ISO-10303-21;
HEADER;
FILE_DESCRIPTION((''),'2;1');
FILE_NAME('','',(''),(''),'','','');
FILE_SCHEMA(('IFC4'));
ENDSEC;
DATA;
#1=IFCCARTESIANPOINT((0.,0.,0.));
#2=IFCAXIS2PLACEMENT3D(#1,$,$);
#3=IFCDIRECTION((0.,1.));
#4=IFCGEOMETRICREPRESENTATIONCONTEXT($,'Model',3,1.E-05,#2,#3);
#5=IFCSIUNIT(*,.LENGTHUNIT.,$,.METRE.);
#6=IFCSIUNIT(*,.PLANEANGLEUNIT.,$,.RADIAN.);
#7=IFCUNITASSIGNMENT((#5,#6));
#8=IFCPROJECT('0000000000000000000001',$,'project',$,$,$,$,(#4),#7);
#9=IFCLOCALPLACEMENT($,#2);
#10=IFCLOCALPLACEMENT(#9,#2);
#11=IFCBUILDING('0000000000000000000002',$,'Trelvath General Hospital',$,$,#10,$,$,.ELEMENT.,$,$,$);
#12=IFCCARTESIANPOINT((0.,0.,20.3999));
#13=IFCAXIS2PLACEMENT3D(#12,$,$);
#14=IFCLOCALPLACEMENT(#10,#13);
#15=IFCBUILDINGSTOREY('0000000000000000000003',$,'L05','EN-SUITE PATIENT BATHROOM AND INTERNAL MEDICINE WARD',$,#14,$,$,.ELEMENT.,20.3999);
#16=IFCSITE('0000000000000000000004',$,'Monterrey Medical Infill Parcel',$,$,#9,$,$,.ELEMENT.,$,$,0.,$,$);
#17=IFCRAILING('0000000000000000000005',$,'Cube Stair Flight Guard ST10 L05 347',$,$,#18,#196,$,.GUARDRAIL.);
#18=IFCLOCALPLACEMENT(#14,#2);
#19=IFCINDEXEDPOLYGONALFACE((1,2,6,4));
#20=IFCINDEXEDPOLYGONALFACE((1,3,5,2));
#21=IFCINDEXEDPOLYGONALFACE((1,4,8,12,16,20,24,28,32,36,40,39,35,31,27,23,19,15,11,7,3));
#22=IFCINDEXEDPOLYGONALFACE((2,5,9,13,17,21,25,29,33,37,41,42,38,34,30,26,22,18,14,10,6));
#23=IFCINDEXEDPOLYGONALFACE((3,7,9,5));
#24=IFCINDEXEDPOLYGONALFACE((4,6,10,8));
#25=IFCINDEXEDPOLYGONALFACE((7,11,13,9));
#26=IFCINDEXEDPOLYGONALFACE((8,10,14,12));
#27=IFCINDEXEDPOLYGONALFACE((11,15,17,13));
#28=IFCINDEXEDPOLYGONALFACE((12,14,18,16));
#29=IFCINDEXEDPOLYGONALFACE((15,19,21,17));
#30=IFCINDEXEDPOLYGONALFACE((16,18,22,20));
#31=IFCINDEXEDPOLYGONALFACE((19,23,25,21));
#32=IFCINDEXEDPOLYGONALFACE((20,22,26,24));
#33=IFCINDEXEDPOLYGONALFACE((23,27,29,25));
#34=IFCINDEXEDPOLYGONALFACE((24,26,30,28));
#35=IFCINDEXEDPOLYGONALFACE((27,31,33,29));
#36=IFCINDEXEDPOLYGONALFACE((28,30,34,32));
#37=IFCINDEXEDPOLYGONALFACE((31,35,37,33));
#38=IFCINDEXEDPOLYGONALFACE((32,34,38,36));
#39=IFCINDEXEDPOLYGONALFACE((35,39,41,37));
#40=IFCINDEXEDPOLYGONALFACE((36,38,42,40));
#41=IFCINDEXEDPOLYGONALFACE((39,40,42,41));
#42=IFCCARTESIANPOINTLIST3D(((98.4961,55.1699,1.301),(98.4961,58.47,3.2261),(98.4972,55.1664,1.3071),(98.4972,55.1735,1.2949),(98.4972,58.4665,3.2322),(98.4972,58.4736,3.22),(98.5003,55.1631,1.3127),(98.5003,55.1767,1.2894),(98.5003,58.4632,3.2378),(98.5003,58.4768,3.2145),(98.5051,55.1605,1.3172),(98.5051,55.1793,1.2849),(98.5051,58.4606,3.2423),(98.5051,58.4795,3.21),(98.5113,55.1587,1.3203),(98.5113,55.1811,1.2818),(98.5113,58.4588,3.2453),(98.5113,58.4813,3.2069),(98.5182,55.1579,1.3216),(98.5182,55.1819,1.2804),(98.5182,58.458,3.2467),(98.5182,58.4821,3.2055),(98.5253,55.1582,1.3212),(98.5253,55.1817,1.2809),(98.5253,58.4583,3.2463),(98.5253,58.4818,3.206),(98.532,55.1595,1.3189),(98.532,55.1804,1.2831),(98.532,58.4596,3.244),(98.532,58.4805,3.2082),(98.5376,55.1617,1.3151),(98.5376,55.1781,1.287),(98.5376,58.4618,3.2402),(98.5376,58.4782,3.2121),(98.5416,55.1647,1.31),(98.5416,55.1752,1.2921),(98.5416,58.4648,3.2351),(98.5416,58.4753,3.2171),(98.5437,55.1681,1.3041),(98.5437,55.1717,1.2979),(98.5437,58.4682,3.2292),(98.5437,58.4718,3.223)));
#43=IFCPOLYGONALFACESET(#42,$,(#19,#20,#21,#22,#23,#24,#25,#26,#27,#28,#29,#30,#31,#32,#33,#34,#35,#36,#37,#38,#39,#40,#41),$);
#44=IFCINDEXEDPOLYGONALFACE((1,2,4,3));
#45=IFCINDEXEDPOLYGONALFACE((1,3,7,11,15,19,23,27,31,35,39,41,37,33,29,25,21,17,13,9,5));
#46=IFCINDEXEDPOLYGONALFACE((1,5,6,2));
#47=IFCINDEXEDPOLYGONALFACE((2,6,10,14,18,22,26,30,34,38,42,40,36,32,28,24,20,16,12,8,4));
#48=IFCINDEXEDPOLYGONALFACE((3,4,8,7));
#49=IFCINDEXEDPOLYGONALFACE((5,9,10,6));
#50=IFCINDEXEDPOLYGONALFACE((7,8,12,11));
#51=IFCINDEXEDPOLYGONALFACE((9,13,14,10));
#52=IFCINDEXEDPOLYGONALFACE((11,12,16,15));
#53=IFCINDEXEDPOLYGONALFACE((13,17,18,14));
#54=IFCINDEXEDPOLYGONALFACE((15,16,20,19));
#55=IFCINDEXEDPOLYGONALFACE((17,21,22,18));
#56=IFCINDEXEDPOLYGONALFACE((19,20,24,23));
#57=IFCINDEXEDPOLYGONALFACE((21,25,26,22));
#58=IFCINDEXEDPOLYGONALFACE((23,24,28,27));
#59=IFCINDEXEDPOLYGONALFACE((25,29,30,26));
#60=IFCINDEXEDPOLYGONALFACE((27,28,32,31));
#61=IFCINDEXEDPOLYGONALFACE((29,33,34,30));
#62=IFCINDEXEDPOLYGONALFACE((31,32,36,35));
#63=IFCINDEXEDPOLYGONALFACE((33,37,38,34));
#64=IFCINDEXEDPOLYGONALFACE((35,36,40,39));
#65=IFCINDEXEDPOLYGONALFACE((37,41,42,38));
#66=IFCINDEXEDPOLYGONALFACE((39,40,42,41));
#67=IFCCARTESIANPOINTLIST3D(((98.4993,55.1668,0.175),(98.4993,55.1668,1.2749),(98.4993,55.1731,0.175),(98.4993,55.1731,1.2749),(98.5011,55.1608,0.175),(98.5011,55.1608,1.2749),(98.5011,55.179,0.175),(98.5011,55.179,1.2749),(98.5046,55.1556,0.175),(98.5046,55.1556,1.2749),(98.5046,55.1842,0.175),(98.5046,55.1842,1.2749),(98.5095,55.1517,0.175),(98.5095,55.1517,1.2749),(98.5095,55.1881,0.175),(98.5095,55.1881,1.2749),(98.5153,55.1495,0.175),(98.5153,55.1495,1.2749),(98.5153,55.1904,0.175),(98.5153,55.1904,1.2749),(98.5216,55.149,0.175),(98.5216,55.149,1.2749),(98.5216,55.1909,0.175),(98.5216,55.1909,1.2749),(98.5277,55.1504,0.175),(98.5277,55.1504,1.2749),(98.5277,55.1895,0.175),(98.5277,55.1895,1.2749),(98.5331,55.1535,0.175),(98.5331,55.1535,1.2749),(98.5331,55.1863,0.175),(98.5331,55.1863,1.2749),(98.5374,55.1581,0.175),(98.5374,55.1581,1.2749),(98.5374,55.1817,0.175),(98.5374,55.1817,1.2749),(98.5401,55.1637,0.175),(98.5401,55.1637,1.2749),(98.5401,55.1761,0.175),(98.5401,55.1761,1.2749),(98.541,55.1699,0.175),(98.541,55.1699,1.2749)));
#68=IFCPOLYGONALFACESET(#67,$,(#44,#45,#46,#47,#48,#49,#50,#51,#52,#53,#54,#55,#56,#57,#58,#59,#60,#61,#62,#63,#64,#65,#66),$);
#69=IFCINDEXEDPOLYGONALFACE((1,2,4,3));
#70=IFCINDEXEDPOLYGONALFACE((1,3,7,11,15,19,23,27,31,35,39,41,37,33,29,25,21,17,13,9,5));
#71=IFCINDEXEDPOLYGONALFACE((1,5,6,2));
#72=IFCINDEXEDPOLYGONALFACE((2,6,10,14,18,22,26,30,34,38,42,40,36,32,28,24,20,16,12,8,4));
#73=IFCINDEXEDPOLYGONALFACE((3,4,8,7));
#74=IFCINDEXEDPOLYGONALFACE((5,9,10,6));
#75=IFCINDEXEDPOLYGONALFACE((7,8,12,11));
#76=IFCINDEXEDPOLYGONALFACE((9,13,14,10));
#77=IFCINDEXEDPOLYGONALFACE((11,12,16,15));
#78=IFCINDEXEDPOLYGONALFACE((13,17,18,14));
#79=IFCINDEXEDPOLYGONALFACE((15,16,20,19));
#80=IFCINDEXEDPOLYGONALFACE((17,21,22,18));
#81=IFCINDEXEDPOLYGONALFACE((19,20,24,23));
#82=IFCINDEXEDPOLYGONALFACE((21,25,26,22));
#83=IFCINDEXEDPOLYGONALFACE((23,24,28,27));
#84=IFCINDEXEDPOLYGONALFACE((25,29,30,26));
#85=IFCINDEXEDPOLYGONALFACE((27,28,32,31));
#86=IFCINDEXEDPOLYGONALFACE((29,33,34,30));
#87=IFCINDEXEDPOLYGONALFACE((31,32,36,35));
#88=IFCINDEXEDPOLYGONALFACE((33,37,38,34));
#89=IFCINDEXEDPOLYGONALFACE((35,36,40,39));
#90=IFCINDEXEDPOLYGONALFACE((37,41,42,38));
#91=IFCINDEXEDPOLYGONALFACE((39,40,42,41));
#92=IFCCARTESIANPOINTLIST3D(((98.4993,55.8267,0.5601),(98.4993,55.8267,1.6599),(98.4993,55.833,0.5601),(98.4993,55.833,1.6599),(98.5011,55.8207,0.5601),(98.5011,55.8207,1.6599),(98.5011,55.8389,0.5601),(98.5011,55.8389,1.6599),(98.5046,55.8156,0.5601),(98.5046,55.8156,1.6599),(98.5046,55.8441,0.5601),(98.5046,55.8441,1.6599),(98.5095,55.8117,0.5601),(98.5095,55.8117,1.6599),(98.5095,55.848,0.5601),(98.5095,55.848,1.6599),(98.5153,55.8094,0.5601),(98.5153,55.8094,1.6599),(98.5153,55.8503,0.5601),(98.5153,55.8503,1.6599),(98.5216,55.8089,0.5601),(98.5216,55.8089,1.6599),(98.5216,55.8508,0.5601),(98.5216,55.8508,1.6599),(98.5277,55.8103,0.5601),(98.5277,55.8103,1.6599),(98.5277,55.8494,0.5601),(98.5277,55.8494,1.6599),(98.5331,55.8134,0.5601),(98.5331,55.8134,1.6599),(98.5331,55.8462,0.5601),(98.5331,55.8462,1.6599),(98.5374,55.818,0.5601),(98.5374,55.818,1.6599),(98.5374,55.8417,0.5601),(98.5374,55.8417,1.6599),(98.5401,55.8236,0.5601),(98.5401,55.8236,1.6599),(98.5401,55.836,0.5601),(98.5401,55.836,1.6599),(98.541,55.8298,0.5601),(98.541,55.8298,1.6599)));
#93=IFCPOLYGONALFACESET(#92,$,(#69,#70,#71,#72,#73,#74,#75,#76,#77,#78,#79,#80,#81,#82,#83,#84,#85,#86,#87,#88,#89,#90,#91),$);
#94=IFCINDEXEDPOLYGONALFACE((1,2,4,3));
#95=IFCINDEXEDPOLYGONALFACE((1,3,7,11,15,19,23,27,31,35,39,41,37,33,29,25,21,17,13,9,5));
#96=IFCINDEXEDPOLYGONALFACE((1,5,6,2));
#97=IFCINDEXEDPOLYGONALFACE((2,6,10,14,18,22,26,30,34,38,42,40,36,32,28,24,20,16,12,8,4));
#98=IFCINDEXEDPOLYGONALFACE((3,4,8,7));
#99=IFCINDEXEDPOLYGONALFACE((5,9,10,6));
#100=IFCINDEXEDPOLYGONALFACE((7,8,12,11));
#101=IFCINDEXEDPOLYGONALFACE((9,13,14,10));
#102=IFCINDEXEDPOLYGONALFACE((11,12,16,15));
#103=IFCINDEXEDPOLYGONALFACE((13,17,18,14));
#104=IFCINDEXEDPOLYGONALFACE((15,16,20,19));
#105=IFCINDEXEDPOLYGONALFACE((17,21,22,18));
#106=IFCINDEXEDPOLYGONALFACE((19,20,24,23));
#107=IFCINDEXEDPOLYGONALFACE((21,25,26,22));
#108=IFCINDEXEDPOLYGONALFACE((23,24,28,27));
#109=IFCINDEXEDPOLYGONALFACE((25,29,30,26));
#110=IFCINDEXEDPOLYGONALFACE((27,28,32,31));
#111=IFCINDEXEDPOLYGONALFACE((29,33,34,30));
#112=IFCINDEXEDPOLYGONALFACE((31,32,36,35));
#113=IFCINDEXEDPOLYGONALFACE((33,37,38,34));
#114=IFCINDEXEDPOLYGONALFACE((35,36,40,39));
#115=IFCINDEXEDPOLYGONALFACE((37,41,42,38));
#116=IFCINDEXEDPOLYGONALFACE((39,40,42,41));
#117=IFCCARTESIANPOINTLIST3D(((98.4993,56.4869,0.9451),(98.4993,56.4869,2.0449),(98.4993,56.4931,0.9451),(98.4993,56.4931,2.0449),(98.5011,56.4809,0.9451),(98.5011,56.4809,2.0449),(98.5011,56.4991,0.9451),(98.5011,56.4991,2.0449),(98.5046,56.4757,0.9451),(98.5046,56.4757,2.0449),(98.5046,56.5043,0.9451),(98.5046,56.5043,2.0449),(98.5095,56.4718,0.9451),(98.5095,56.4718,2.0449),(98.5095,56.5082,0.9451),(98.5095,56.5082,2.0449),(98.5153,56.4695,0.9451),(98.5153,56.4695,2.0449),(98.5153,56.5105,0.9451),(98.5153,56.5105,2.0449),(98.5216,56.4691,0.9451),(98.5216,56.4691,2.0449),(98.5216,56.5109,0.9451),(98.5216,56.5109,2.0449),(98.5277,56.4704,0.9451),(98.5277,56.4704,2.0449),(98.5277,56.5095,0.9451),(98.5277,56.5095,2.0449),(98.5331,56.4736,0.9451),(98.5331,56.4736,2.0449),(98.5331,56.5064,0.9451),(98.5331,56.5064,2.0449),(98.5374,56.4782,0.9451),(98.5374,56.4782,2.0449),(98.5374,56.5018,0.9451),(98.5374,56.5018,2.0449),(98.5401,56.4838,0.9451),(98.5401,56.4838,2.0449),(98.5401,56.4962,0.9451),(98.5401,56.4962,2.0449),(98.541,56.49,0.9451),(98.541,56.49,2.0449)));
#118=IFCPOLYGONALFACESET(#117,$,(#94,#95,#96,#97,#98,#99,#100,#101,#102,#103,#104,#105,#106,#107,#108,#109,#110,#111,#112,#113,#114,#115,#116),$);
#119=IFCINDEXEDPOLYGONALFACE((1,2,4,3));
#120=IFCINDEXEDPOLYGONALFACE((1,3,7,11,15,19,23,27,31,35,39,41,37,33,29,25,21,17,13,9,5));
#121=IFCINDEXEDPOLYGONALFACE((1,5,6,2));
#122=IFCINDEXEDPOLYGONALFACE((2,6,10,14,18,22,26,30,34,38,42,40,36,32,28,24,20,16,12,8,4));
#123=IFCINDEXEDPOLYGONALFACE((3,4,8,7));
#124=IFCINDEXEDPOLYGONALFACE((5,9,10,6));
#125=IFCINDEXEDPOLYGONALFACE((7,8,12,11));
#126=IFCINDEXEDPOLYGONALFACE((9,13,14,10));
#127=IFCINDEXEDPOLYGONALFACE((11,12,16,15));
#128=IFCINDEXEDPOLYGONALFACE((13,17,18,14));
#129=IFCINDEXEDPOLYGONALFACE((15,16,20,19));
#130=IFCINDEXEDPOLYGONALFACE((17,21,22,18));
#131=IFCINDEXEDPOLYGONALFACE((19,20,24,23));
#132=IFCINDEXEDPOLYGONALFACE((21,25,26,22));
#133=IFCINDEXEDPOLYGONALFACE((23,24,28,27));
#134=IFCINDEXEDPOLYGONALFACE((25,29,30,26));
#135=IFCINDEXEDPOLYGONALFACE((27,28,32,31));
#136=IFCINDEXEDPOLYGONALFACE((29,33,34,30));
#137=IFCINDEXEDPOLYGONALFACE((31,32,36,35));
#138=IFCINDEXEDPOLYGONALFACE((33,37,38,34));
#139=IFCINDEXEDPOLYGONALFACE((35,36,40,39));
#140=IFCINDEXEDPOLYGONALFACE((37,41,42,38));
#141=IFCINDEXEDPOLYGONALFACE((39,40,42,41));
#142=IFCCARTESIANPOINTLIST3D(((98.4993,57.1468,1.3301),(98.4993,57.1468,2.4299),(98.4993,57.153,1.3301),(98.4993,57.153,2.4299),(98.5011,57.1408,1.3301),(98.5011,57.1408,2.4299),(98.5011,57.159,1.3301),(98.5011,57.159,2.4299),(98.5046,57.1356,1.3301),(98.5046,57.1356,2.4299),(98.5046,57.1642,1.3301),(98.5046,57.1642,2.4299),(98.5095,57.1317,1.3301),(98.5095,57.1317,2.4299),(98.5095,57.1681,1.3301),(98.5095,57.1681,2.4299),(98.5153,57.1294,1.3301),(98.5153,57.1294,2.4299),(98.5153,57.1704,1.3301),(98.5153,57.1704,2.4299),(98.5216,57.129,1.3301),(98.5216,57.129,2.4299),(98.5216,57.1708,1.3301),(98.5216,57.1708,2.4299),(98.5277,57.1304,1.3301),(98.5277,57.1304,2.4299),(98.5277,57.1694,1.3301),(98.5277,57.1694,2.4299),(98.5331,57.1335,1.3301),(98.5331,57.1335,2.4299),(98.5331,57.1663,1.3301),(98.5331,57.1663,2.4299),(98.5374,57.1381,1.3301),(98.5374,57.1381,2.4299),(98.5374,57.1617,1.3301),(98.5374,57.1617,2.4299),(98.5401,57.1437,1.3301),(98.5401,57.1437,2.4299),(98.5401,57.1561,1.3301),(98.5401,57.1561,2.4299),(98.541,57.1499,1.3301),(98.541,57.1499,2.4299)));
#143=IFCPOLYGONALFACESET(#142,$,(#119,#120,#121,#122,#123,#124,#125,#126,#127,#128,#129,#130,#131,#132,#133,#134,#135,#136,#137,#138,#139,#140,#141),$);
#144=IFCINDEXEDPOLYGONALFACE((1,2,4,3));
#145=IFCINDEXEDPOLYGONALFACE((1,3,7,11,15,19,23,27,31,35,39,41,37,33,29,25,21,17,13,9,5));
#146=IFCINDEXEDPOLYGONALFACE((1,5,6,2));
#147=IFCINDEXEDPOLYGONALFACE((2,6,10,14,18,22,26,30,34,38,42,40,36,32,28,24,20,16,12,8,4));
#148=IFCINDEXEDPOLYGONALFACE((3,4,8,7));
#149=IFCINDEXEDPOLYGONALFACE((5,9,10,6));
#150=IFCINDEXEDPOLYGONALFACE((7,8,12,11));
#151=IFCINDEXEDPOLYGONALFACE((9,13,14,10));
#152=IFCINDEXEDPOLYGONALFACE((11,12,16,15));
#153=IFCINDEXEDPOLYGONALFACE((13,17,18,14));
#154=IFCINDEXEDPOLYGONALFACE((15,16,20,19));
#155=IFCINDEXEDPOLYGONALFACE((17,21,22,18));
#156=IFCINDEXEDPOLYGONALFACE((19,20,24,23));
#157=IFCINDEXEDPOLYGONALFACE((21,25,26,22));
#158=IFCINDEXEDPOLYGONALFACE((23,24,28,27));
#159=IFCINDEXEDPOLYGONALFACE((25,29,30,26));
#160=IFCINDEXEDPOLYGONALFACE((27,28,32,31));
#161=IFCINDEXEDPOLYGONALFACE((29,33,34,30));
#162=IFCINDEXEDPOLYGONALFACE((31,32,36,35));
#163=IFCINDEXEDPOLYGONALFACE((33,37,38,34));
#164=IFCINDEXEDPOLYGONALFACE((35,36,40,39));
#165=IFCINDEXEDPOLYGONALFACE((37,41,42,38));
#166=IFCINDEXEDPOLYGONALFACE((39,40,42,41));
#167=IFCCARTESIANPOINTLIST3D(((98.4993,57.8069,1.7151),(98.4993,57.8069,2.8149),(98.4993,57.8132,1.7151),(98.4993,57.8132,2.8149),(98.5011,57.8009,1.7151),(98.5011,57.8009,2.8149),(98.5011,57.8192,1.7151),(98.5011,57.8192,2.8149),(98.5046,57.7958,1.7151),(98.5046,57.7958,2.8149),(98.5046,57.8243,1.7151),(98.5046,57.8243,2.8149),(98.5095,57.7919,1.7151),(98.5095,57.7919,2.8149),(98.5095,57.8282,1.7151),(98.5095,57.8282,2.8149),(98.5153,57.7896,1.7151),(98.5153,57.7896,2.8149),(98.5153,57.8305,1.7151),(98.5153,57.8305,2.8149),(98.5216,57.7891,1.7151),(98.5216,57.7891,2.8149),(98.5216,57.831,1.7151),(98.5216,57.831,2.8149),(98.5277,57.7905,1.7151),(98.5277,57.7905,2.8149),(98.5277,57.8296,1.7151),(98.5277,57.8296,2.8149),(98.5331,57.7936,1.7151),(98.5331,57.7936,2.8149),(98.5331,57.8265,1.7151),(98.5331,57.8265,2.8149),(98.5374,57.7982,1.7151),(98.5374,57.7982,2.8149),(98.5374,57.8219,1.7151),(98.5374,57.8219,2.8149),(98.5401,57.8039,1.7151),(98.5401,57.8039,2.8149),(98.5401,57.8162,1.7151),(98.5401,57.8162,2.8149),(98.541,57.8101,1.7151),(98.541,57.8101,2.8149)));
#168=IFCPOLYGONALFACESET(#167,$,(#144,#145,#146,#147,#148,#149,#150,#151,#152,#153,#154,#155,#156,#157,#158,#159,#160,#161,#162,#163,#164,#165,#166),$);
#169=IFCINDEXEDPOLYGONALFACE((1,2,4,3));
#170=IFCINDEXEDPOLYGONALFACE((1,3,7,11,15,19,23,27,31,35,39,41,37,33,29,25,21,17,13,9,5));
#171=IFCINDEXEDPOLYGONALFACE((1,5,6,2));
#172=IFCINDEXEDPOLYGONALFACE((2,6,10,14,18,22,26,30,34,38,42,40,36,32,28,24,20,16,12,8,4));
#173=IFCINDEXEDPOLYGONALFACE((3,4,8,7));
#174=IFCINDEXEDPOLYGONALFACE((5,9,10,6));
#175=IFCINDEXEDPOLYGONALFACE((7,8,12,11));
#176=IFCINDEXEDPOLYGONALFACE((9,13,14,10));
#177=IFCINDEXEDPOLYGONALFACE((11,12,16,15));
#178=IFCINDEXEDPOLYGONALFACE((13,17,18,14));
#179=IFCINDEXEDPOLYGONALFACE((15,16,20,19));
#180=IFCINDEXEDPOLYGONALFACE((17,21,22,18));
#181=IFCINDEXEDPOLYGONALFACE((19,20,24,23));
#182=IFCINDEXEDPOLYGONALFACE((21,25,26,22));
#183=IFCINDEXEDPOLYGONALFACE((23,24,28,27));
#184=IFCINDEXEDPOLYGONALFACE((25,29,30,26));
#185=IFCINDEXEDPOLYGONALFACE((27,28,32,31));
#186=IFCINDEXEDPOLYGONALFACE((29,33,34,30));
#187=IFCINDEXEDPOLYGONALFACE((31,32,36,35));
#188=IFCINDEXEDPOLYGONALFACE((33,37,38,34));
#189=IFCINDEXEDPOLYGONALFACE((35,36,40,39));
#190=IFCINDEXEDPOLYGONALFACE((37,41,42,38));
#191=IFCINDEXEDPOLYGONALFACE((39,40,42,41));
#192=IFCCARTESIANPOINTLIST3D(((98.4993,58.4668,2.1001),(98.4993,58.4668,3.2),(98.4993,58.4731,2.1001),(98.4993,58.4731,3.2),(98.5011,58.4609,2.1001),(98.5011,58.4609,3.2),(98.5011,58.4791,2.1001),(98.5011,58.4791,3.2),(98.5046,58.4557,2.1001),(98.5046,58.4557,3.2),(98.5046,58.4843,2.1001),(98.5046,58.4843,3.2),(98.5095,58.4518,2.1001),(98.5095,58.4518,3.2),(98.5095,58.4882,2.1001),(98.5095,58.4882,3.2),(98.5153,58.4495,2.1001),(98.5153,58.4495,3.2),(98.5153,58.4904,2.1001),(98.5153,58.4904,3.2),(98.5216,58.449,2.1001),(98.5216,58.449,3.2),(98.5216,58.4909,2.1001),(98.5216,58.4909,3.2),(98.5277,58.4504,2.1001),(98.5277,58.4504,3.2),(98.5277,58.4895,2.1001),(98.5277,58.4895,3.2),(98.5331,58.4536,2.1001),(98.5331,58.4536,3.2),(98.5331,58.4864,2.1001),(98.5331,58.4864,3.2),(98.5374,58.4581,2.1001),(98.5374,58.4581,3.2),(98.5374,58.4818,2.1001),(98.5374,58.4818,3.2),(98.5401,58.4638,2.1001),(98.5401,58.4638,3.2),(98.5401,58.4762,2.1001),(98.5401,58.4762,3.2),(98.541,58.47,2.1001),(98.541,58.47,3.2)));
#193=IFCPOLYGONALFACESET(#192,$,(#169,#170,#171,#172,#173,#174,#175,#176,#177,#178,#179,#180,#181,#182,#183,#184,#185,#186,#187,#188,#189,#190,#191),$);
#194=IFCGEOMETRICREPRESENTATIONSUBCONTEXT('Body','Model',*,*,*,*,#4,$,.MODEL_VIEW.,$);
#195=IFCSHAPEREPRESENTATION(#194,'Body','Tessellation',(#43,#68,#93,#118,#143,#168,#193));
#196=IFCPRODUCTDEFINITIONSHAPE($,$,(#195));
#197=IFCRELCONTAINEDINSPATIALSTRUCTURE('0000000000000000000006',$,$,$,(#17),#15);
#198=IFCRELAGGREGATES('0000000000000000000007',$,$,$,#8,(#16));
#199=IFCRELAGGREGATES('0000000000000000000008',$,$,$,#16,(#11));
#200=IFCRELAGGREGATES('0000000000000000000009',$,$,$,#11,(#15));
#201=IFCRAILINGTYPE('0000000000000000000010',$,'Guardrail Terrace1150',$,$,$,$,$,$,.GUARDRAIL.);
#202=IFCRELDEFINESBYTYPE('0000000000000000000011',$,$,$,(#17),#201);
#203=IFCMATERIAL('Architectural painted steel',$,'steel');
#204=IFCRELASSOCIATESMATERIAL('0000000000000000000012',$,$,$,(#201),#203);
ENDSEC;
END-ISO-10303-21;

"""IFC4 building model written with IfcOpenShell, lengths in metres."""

from ifc_helpers import new_model, si_unit, direction, frame, origin, origin_2d, place, context, subcontext, project, spatial, circle, extrude, material, type_object, element, save


model = new_model("IFC4")

# Units and contexts
model_context = context("Model", 3, precision=1e-05, world=origin(), true_north=direction((0.0, 1.0)))
body_context = subcontext(model_context, "Body", "Model", "MODEL_VIEW")
ifc_project = project(units=[si_unit("LENGTHUNIT", "METRE"), si_unit("PLANEANGLEUNIT", "RADIAN")], contexts=[model_context])

# Site, building, storey
site_placement = place(None, origin())
site = spatial("IfcSite", under=ifc_project, at=site_placement, Name="Monterrey Medical Infill Parcel", CompositionType="ELEMENT", RefElevation=0.0)
building_placement = place(site_placement, origin())
building = spatial("IfcBuilding", under=site, at=building_placement, Name="Trelvath General Hospital", CompositionType="ELEMENT")
storey_placement = place(building_placement, frame((0.0, 0.0, 20.3999)))
storey = spatial("IfcBuildingStorey", under=building, at=storey_placement, Name="L05", Description="EN-SUITE PATIENT BATHROOM AND INTERNAL MEDICINE WARD", CompositionType="ELEMENT", Elevation=20.3999)

# Railing
ifc_material_1 = material(Name="Architectural painted steel", Category="steel")
railing_type = type_object("IfcRailingType", Name="Guardrail Terrace1150", PredefinedType="GUARDRAIL", material=ifc_material_1)
railing_1_placement = place(storey_placement, frame((98.52, 55.1699, 0.175)))
element("IfcRailing", 1, at=railing_1_placement, inside=storey, type_object=railing_type, Name="Cube Stair Flight Guard ST10 L05 347", PredefinedType="GUARDRAIL", context=body_context, shape_type="SweptSolid", body=[
    extrude(circle(Radius=0.0239, at=origin_2d()), frame((0.0, 0.0, 1.126), z_axis=(0.0, 0.863777, 0.503875), x_axis=(-1.0, 0.0, 0.0)), (0.0, 0.0, 1.0), 3.8206),
    extrude(circle(Radius=0.021, at=origin_2d()), origin(), (0.0, 0.0, 1.0), 1.0999),
    extrude(circle(Radius=0.021, at=origin_2d()), frame((0.0, 0.6599, 0.385)), (0.0, 0.0, 1.0), 1.0999),
    extrude(circle(Radius=0.021, at=origin_2d()), frame((0.0, 1.3201, 0.77)), (0.0, 0.0, 1.0), 1.0999),
    extrude(circle(Radius=0.021, at=origin_2d()), frame((0.0, 1.98, 1.155)), (0.0, 0.0, 1.0), 1.0999),
    extrude(circle(Radius=0.021, at=origin_2d()), frame((0.0, 2.6401, 1.54)), (0.0, 0.0, 1.0), 1.0999),
    extrude(circle(Radius=0.021, at=origin_2d()), frame((0.0, 3.3, 1.925)), (0.0, 0.0, 1.0), 1.0999),
])

save(model, "model.ifc")
